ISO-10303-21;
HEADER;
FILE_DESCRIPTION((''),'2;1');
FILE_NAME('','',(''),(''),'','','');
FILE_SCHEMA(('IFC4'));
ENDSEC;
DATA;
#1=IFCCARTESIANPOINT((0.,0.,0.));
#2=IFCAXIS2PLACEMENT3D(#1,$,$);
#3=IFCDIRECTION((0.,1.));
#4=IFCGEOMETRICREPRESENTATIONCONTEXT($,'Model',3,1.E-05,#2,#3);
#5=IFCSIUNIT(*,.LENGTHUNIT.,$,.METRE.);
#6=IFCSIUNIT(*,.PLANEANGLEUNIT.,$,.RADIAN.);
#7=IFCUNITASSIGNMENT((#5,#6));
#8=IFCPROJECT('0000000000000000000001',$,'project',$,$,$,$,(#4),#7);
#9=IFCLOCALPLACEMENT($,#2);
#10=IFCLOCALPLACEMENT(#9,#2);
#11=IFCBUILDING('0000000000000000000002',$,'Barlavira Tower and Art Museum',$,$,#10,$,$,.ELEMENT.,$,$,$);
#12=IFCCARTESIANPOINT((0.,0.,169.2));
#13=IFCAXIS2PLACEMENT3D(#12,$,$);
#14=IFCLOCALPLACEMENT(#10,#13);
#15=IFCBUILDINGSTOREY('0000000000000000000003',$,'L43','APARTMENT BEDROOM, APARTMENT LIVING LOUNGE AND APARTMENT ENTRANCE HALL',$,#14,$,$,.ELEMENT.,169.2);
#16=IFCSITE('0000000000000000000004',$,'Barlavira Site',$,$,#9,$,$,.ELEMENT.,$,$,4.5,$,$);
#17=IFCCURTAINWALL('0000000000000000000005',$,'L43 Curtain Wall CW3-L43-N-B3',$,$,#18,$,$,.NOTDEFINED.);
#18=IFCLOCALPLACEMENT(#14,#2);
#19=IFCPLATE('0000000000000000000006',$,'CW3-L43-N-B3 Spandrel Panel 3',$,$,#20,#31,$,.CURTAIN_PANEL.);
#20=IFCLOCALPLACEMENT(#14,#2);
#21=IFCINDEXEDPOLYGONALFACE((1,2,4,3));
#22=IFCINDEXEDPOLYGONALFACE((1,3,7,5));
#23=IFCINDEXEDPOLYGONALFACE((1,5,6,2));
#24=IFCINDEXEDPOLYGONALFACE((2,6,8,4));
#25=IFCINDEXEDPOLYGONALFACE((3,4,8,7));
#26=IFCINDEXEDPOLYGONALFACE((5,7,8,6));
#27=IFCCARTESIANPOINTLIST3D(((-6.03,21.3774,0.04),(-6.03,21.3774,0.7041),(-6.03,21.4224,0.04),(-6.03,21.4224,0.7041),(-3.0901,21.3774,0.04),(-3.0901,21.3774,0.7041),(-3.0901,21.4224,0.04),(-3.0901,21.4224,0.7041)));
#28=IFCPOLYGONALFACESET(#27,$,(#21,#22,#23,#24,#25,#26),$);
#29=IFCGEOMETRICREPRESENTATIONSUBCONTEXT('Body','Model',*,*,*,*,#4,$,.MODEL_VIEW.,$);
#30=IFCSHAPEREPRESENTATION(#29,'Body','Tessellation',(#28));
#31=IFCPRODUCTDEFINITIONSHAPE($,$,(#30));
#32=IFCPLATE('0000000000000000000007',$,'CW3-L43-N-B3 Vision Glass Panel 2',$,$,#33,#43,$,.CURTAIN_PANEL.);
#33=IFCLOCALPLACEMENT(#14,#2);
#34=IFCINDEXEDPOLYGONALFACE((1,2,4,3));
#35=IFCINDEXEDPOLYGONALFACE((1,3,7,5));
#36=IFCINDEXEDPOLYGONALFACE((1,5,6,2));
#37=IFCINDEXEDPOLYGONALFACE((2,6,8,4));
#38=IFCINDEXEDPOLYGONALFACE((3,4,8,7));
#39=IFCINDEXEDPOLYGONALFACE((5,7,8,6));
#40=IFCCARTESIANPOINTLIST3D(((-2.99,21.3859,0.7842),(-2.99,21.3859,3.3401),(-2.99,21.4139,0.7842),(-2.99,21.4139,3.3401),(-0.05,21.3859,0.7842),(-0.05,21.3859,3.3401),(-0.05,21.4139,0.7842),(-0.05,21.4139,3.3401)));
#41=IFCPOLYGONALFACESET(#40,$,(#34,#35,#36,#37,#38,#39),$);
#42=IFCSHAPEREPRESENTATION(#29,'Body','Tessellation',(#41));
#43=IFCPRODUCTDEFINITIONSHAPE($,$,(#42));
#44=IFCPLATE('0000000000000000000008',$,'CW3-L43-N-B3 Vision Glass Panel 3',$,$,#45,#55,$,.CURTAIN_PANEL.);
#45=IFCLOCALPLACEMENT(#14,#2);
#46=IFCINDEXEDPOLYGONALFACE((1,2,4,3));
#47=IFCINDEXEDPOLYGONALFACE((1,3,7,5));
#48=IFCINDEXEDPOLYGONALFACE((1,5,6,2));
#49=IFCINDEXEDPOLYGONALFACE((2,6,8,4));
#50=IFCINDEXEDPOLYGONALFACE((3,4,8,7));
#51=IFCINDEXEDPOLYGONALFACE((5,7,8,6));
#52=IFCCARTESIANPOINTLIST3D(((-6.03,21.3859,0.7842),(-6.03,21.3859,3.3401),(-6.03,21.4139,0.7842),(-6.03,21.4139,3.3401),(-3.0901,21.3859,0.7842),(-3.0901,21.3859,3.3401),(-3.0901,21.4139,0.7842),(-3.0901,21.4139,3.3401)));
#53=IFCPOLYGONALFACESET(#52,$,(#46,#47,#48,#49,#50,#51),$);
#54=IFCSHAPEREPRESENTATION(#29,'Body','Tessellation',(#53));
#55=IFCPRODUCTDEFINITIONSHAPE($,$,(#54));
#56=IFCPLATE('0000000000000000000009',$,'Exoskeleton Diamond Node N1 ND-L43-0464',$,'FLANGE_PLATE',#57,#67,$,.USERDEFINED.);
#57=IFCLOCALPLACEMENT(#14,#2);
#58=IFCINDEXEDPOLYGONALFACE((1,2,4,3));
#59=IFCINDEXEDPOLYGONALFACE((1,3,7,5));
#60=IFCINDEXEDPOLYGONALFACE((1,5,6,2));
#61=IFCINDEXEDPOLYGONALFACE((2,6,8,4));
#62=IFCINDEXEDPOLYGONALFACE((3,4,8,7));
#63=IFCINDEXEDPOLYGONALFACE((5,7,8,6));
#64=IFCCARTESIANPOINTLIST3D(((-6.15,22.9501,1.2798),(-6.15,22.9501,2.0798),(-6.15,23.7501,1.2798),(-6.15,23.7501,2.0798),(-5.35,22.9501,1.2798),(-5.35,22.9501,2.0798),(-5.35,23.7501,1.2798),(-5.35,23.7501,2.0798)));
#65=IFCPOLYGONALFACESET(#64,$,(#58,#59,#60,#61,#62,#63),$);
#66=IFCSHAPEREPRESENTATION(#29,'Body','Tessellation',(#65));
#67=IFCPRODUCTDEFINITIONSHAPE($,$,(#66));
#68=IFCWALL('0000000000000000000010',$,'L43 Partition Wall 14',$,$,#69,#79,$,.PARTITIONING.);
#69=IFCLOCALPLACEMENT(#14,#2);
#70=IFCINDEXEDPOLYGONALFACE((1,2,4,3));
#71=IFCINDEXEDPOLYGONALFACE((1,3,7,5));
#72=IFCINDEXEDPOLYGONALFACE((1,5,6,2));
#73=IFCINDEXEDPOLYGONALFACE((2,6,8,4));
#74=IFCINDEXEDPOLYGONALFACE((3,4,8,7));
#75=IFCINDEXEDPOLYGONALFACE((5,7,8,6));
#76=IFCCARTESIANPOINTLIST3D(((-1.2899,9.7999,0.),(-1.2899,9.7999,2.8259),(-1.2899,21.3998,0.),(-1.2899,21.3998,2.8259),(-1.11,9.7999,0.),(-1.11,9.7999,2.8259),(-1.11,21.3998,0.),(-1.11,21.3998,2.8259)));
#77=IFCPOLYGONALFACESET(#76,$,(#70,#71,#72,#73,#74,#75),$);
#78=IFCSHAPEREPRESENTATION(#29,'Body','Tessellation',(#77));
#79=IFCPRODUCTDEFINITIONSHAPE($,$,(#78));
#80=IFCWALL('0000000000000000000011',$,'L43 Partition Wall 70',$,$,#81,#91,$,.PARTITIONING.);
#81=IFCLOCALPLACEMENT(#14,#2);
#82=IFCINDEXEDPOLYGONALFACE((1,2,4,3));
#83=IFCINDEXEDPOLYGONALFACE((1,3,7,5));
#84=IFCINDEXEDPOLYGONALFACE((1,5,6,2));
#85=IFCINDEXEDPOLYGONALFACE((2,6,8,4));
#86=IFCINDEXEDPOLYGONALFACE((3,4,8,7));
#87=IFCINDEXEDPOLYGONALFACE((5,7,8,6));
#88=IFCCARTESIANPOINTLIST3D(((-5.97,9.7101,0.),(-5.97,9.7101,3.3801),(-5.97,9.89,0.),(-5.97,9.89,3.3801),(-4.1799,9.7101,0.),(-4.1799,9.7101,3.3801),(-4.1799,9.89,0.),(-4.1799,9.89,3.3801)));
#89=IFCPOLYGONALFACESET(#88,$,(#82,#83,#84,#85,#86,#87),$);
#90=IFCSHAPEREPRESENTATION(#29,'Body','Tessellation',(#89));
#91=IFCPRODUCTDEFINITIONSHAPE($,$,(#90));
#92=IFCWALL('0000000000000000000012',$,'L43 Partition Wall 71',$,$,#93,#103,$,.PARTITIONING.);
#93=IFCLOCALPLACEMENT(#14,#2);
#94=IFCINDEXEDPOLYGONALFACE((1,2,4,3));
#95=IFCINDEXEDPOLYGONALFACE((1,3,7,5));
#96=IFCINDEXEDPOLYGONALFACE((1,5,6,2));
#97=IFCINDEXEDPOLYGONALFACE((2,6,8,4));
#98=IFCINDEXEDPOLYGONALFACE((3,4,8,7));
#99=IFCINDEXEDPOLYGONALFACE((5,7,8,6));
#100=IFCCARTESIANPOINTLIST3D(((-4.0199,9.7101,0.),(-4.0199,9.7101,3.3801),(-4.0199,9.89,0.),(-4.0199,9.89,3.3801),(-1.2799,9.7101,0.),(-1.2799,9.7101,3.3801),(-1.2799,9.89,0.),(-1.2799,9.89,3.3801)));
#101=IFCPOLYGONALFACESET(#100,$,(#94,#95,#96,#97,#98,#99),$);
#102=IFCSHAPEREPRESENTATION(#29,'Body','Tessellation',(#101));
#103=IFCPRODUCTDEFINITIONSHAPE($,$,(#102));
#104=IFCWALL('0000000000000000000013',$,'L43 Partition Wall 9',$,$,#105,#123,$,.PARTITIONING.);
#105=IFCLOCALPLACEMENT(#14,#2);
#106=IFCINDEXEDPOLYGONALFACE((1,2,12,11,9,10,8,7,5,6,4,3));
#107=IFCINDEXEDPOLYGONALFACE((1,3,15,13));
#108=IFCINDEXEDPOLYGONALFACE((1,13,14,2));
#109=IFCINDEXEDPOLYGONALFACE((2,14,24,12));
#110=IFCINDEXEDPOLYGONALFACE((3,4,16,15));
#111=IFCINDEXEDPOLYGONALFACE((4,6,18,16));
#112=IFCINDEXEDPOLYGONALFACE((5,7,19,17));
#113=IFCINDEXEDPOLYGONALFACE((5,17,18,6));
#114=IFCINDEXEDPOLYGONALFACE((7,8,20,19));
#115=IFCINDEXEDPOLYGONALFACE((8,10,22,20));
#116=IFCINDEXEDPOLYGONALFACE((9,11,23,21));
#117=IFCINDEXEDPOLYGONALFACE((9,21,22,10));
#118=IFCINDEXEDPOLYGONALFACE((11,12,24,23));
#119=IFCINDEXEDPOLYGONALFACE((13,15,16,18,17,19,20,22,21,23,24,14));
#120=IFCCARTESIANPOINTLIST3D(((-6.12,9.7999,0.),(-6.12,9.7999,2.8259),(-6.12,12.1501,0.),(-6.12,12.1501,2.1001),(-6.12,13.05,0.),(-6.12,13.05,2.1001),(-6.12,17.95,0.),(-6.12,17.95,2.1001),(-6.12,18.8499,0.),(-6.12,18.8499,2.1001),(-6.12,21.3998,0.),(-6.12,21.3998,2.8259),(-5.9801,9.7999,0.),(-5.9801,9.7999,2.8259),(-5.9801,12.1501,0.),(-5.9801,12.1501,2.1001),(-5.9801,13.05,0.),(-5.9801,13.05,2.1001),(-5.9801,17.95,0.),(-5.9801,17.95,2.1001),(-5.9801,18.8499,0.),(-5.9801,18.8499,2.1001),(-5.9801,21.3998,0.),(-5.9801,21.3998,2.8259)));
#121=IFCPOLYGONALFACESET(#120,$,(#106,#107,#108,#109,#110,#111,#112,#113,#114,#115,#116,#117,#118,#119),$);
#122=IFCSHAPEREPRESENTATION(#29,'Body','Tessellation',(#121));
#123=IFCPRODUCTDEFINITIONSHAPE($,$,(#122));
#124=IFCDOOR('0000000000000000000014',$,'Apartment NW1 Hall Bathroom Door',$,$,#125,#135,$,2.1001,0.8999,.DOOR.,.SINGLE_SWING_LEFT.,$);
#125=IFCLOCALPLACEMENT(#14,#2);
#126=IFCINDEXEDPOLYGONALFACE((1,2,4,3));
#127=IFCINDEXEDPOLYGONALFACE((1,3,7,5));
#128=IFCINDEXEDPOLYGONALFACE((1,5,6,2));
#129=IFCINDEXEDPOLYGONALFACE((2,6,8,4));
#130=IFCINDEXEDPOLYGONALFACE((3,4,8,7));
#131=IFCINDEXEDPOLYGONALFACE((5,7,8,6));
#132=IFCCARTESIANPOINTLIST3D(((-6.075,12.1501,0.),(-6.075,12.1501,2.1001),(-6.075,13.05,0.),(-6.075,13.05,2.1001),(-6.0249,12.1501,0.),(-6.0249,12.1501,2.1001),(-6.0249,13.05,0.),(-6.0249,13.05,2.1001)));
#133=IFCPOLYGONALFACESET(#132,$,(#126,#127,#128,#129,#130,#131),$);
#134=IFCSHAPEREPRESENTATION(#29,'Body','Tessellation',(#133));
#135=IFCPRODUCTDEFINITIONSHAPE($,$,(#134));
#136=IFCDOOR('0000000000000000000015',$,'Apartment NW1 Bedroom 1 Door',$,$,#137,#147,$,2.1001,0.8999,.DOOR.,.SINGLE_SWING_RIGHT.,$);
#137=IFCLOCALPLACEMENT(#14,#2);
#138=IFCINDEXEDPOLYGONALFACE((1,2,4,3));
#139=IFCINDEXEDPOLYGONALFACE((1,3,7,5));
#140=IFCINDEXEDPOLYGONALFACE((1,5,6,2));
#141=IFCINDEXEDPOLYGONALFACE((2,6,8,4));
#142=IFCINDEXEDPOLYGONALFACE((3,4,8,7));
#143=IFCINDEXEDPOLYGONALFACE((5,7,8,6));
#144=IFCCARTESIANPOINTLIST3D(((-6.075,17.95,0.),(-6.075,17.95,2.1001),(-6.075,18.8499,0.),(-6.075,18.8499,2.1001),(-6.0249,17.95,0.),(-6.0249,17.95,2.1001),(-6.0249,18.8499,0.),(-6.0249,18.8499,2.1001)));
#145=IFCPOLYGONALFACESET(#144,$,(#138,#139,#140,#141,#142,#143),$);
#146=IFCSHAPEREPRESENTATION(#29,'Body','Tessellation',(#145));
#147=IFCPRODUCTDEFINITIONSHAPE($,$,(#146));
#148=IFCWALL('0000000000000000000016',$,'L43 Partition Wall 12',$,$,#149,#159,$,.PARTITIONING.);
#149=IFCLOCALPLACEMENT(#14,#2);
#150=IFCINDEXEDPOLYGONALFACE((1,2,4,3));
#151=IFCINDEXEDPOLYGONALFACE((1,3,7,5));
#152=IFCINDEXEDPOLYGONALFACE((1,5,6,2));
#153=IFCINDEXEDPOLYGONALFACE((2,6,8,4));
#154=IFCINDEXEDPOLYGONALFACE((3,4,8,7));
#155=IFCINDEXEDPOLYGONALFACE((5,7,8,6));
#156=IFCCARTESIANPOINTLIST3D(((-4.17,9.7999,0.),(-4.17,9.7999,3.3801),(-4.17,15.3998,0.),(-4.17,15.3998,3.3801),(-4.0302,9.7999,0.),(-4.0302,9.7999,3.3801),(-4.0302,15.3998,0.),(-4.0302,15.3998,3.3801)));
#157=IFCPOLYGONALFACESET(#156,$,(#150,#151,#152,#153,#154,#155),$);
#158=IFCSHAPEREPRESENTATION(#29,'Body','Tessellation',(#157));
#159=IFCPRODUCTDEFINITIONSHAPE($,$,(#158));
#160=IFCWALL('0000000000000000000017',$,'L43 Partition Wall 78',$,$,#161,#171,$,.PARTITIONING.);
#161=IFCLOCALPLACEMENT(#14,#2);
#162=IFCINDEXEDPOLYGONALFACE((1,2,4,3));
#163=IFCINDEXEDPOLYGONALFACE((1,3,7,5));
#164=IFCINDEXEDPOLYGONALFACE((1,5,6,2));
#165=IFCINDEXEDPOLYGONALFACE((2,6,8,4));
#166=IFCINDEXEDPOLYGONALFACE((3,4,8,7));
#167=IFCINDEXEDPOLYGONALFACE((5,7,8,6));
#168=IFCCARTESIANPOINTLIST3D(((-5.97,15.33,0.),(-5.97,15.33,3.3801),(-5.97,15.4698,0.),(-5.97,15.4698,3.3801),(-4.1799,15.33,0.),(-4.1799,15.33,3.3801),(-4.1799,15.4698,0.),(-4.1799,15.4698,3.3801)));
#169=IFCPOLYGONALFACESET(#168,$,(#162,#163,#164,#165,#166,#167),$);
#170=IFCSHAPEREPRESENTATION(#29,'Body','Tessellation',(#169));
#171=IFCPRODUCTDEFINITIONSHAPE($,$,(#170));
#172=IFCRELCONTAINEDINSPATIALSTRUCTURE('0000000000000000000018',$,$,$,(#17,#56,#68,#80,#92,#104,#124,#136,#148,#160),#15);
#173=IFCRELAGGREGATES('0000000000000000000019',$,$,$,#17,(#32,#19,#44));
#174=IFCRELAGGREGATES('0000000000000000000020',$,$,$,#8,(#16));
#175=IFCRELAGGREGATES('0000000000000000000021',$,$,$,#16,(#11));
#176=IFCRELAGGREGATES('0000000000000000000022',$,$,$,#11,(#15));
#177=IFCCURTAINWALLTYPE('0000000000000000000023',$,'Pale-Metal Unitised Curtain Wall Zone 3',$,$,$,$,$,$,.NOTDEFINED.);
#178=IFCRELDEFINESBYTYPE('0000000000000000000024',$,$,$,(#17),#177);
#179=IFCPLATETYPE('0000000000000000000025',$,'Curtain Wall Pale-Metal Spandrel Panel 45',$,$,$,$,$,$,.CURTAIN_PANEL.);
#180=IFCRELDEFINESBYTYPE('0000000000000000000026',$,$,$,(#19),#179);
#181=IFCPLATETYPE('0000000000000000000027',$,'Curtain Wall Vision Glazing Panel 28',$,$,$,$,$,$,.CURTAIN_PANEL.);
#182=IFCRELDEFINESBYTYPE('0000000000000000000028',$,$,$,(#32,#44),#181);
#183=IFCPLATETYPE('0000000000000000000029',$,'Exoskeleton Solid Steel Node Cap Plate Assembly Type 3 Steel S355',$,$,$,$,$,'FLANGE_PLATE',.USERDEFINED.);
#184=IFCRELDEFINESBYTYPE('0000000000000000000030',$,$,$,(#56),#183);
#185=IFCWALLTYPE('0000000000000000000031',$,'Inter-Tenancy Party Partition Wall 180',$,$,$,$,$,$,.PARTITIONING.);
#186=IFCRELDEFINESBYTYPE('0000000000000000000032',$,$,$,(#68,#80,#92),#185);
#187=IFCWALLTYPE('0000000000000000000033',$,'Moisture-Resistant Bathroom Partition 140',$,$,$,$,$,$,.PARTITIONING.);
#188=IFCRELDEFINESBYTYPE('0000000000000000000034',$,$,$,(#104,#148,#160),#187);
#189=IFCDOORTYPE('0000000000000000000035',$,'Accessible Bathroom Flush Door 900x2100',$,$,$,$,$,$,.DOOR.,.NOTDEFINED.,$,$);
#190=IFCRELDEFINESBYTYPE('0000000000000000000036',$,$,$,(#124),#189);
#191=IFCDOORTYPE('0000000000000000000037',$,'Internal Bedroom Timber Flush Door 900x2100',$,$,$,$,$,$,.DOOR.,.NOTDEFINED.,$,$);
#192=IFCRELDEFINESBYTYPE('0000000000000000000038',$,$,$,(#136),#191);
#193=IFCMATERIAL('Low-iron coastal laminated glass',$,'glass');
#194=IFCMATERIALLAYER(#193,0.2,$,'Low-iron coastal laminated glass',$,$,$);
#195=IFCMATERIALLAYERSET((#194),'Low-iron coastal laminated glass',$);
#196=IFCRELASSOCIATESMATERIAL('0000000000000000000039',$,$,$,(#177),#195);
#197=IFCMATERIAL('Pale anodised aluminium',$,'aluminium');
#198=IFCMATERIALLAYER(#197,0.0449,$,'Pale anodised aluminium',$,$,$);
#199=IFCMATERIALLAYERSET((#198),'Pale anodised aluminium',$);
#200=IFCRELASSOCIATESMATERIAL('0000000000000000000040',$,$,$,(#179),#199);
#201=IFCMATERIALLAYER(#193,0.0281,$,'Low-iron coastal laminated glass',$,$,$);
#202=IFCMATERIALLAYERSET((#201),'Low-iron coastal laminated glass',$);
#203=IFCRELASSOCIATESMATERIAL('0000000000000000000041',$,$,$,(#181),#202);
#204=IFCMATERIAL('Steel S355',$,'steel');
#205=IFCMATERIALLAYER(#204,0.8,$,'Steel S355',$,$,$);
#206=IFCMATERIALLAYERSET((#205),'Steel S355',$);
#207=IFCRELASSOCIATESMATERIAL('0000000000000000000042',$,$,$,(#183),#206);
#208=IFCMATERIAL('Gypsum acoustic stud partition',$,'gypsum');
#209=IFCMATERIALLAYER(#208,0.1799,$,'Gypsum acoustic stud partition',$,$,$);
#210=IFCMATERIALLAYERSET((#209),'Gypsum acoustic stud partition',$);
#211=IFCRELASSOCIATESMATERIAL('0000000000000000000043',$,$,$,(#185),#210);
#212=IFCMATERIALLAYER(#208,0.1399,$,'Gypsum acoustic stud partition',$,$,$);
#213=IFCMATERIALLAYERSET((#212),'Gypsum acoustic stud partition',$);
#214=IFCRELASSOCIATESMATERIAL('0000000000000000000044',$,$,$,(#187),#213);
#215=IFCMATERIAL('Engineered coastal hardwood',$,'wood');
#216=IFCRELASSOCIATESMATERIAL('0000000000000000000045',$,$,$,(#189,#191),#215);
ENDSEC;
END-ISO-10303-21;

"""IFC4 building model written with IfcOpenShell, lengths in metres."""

from ifc_helpers import new_model, si_unit, direction, frame, frame_2d, origin, origin_2d, place, context, subcontext, project, spatial, rectangle, extrude, material, layer, layer_set, type_object, element, fill, aggregate, save


model = new_model("IFC4")

# Units and contexts
model_context = context("Model", 3, precision=1e-05, world=origin(), true_north=direction((0.0, 1.0)))
body_context = subcontext(model_context, "Body", "Model", "MODEL_VIEW")
ifc_project = project(units=[si_unit("LENGTHUNIT", "METRE"), si_unit("PLANEANGLEUNIT", "RADIAN")], contexts=[model_context])

# Site, building, storey
site_placement = place(None, origin())
site = spatial("IfcSite", under=ifc_project, at=site_placement, Name="Barlavira Site", CompositionType="ELEMENT", RefElevation=4.5)
building_placement = place(site_placement, origin())
building = spatial("IfcBuilding", under=site, at=building_placement, Name="Barlavira Tower and Art Museum", CompositionType="ELEMENT")
storey_placement = place(building_placement, frame((0.0, 0.0, 169.2)))
storey = spatial("IfcBuildingStorey", under=building, at=storey_placement, Name="L43", Description="APARTMENT BEDROOM, APARTMENT LIVING LOUNGE AND APARTMENT ENTRANCE HALL", CompositionType="ELEMENT", Elevation=169.2)

# Curtain wall
ifc_material_1 = material(Name="Low-iron coastal laminated glass", Category="glass")
ifc_layer_1 = layer(ifc_material_1, 0.2, Name="Low-iron coastal laminated glass")
ifc_layer_set_1 = layer_set([ifc_layer_1], Name="Low-iron coastal laminated glass")
curtain_wall_type = type_object("IfcCurtainWallType", Name="Pale-Metal Unitised Curtain Wall Zone 3", PredefinedType="NOTDEFINED", material=ifc_layer_set_1)
curtain_wall_placement = place(storey_placement, origin())
curtain_wall = element("IfcCurtainWall", 1, at=curtain_wall_placement, inside=storey, type_object=curtain_wall_type, Name="L43 Curtain Wall CW3-L43-N-B3", PredefinedType="NOTDEFINED")
ifc_material_2 = material(Name="Pale anodised aluminium", Category="aluminium")

# Shared definitions
ifc_material_3 = material(Name="Steel S355", Category="steel")

# Plates
ifc_layer_2 = layer(ifc_material_2, 0.0449, Name="Pale anodised aluminium")
ifc_layer_set_2 = layer_set([ifc_layer_2], Name="Pale anodised aluminium")
plate_type_1 = type_object("IfcPlateType", Name="Curtain Wall Pale-Metal Spandrel Panel 45", PredefinedType="CURTAIN_PANEL", material=ifc_layer_set_2)
plate_1_placement = place(storey_placement, frame((-4.5601, 21.3999, 0.04), z_axis=(0.0, 0.0, 1.0), x_axis=(-1.0, 0.0, 0.0)))
plate_1 = element("IfcPlate", 2, at=plate_1_placement, type_object=plate_type_1, Name="CW3-L43-N-B3 Spandrel Panel 3", PredefinedType="CURTAIN_PANEL", context=body_context, shape_type="SweptSolid", body=[
    extrude(rectangle(XDim=2.9399, YDim=0.0449, at=origin_2d()), origin(), (0.0, 0.0, 1.0), 0.6641),
])
ifc_layer_3 = layer(ifc_material_1, 0.0281, Name="Low-iron coastal laminated glass")
ifc_layer_set_3 = layer_set([ifc_layer_3], Name="Low-iron coastal laminated glass")
plate_type_2 = type_object("IfcPlateType", Name="Curtain Wall Vision Glazing Panel 28", PredefinedType="CURTAIN_PANEL", material=ifc_layer_set_3)
plate_2_placement = place(storey_placement, frame((-1.52, 21.3999, 0.7842), z_axis=(0.0, 0.0, 1.0), x_axis=(-1.0, 0.0, 0.0)))
plate_2 = element("IfcPlate", 3, at=plate_2_placement, type_object=plate_type_2, Name="CW3-L43-N-B3 Vision Glass Panel 2", PredefinedType="CURTAIN_PANEL", context=body_context, shape_type="SweptSolid", body=[
    extrude(rectangle(XDim=2.9399, YDim=0.0281, at=origin_2d()), origin(), (0.0, 0.0, 1.0), 2.5559),
])
plate_3_placement = place(storey_placement, frame((-4.5601, 21.3999, 0.7842), z_axis=(0.0, 0.0, 1.0), x_axis=(-1.0, 0.0, 0.0)))
plate_3 = element("IfcPlate", 4, at=plate_3_placement, type_object=plate_type_2, Name="CW3-L43-N-B3 Vision Glass Panel 3", PredefinedType="CURTAIN_PANEL", context=body_context, shape_type="SweptSolid", body=[
    extrude(rectangle(XDim=2.9399, YDim=0.0281, at=origin_2d()), origin(), (0.0, 0.0, 1.0), 2.5559),
])
aggregate(curtain_wall, [plate_2, plate_1, plate_3])
ifc_layer_4 = layer(ifc_material_3, 0.8, Name="Steel S355")
ifc_layer_set_4 = layer_set([ifc_layer_4], Name="Steel S355")
plate_type_3 = type_object("IfcPlateType", Name="Exoskeleton Solid Steel Node Cap Plate Assembly Type 3 Steel S355", ElementType="FLANGE_PLATE", PredefinedType="USERDEFINED", material=ifc_layer_set_4)
plate_4_placement = place(storey_placement, frame((-5.75, 23.3501, 1.2798), z_axis=(0.0, 0.0, 1.0), x_axis=(1.0, 0.0, 0.0)))
element("IfcPlate", 5, at=plate_4_placement, inside=storey, type_object=plate_type_3, Name="Exoskeleton Diamond Node N1 ND-L43-0464", ObjectType="FLANGE_PLATE", PredefinedType="USERDEFINED", context=body_context, shape_type="SweptSolid", body=[
    extrude(rectangle(XDim=0.8, YDim=0.8, at=origin_2d()), origin(), (0.0, 0.0, 1.0), 0.8),
])

# Walls
ifc_material_4 = material(Name="Gypsum acoustic stud partition", Category="gypsum")
ifc_layer_5 = layer(ifc_material_4, 0.1799, Name="Gypsum acoustic stud partition")
ifc_layer_set_5 = layer_set([ifc_layer_5], Name="Gypsum acoustic stud partition")
wall_type_1 = type_object("IfcWallType", Name="Inter-Tenancy Party Partition Wall 180", PredefinedType="PARTITIONING", material=ifc_layer_set_5)
wall_1_placement = place(storey_placement, frame((-1.2, 9.8, 0.0), z_axis=(0.0, 0.0, 1.0), x_axis=(0.0, 1.0, 0.0)))
element("IfcWall", 6, at=wall_1_placement, inside=storey, type_object=wall_type_1, Name="L43 Partition Wall 14", PredefinedType="PARTITIONING", context=body_context, shape_type="SweptSolid", body=[
    extrude(rectangle(XDim=11.5999, YDim=0.1799, at=frame_2d((5.7998, 0.0))), origin(), (0.0, 0.0, 1.0), 2.8259),
])
wall_2_placement = place(storey_placement, frame((-5.97, 9.8, 0.0), z_axis=(0.0, 0.0, 1.0), x_axis=(1.0, 0.0, 0.0)))
element("IfcWall", 7, at=wall_2_placement, inside=storey, type_object=wall_type_1, Name="L43 Partition Wall 70", PredefinedType="PARTITIONING", context=body_context, shape_type="SweptSolid", body=[
    extrude(rectangle(XDim=1.79, YDim=0.1799, at=frame_2d((0.895, 0.0))), origin(), (0.0, 0.0, 1.0), 3.3801),
])
wall_3_placement = place(storey_placement, frame((-4.02, 9.8, 0.0), z_axis=(0.0, 0.0, 1.0), x_axis=(1.0, 0.0, 0.0)))
element("IfcWall", 8, at=wall_3_placement, inside=storey, type_object=wall_type_1, Name="L43 Partition Wall 71", PredefinedType="PARTITIONING", context=body_context, shape_type="SweptSolid", body=[
    extrude(rectangle(XDim=2.74, YDim=0.1799, at=frame_2d((1.3701, 0.0))), origin(), (0.0, 0.0, 1.0), 3.3801),
])

# Wall, openings, doors
ifc_layer_6 = layer(ifc_material_4, 0.1399, Name="Gypsum acoustic stud partition")
ifc_layer_set_6 = layer_set([ifc_layer_6], Name="Gypsum acoustic stud partition")
wall_type_2 = type_object("IfcWallType", Name="Moisture-Resistant Bathroom Partition 140", PredefinedType="PARTITIONING", material=ifc_layer_set_6)
wall_4_placement = place(storey_placement, frame((-6.05, 9.8, 0.0), z_axis=(0.0, 0.0, 1.0), x_axis=(0.0, 1.0, 0.0)))
wall_4 = element("IfcWall", 9, at=wall_4_placement, inside=storey, type_object=wall_type_2, Name="L43 Partition Wall 9", PredefinedType="PARTITIONING", context=body_context, shape_type="SweptSolid", body=[
    extrude(rectangle(XDim=11.5999, YDim=0.1399, at=frame_2d((5.7998, 0.0))), origin(), (0.0, 0.0, 1.0), 2.8259),
])
opening_1_placement = place(wall_4_placement, frame((2.3501, 0.0, 0.0)))
opening_1 = element("IfcOpeningElement", 10, at=opening_1_placement, cuts=wall_4, PredefinedType="OPENING", context=body_context, shape_type="SweptSolid", body=[
    extrude(rectangle(XDim=0.8999, YDim=2.1001, at=frame_2d((0.45, 1.05))), frame((0.0, 0.0801, 0.0), z_axis=(0.0, -1.0, 0.0), x_axis=(1.0, 0.0, 0.0)), (0.0, 0.0, 1.0), 0.1599),
])
opening_2_placement = place(wall_4_placement, frame((8.1499, 0.0, 0.0)))
opening_2 = element("IfcOpeningElement", 11, at=opening_2_placement, cuts=wall_4, PredefinedType="OPENING", context=body_context, shape_type="SweptSolid", body=[
    extrude(rectangle(XDim=0.8999, YDim=2.1001, at=frame_2d((0.45, 1.05))), frame((0.0, 0.0801, 0.0), z_axis=(0.0, -1.0, 0.0), x_axis=(1.0, 0.0, 0.0)), (0.0, 0.0, 1.0), 0.1599),
])
ifc_material_5 = material(Name="Engineered coastal hardwood", Category="wood")
door_type_1 = type_object("IfcDoorType", Name="Accessible Bathroom Flush Door 900x2100", OperationType="NOTDEFINED", PredefinedType="DOOR", material=ifc_material_5)
door_1_placement = place(opening_1_placement, origin())
door_1 = element("IfcDoor", 12, at=door_1_placement, inside=storey, type_object=door_type_1, Name="Apartment NW1 Hall Bathroom Door", OperationType="SINGLE_SWING_LEFT", OverallHeight=2.1001, OverallWidth=0.8999, PredefinedType="DOOR", context=body_context, shape_type="SweptSolid", body=[
    extrude(rectangle(XDim=0.8999, YDim=2.1001, at=frame_2d((0.45, 1.05))), frame((0.0, 0.0249, 0.0), z_axis=(0.0, -1.0, 0.0), x_axis=(1.0, 0.0, 0.0)), (0.0, 0.0, 1.0), 0.05),
])
fill(opening_1, door_1)
door_type_2 = type_object("IfcDoorType", Name="Internal Bedroom Timber Flush Door 900x2100", OperationType="NOTDEFINED", PredefinedType="DOOR", material=ifc_material_5)
door_2_placement = place(opening_2_placement, origin())
door_2 = element("IfcDoor", 13, at=door_2_placement, inside=storey, type_object=door_type_2, Name="Apartment NW1 Bedroom 1 Door", OperationType="SINGLE_SWING_RIGHT", OverallHeight=2.1001, OverallWidth=0.8999, PredefinedType="DOOR", context=body_context, shape_type="SweptSolid", body=[
    extrude(rectangle(XDim=0.8999, YDim=2.1001, at=frame_2d((0.45, 1.05))), frame((0.0, 0.0249, 0.0), z_axis=(0.0, -1.0, 0.0), x_axis=(1.0, 0.0, 0.0)), (0.0, 0.0, 1.0), 0.05),
])
fill(opening_2, door_2)

# Walls
wall_5_placement = place(storey_placement, frame((-4.1001, 9.8, 0.0), z_axis=(0.0, 0.0, 1.0), x_axis=(0.0, 1.0, 0.0)))
element("IfcWall", 14, at=wall_5_placement, inside=storey, type_object=wall_type_2, Name="L43 Partition Wall 12", PredefinedType="PARTITIONING", context=body_context, shape_type="SweptSolid", body=[
    extrude(rectangle(XDim=5.5999, YDim=0.1399, at=frame_2d((2.7998, 0.0))), origin(), (0.0, 0.0, 1.0), 3.3801),
])
wall_6_placement = place(storey_placement, frame((-5.97, 15.3999, 0.0), z_axis=(0.0, 0.0, 1.0), x_axis=(1.0, 0.0, 0.0)))
element("IfcWall", 15, at=wall_6_placement, inside=storey, type_object=wall_type_2, Name="L43 Partition Wall 78", PredefinedType="PARTITIONING", context=body_context, shape_type="SweptSolid", body=[
    extrude(rectangle(XDim=1.79, YDim=0.1399, at=frame_2d((0.895, 0.0))), origin(), (0.0, 0.0, 1.0), 3.3801),
])

save(model, "model.ifc")
